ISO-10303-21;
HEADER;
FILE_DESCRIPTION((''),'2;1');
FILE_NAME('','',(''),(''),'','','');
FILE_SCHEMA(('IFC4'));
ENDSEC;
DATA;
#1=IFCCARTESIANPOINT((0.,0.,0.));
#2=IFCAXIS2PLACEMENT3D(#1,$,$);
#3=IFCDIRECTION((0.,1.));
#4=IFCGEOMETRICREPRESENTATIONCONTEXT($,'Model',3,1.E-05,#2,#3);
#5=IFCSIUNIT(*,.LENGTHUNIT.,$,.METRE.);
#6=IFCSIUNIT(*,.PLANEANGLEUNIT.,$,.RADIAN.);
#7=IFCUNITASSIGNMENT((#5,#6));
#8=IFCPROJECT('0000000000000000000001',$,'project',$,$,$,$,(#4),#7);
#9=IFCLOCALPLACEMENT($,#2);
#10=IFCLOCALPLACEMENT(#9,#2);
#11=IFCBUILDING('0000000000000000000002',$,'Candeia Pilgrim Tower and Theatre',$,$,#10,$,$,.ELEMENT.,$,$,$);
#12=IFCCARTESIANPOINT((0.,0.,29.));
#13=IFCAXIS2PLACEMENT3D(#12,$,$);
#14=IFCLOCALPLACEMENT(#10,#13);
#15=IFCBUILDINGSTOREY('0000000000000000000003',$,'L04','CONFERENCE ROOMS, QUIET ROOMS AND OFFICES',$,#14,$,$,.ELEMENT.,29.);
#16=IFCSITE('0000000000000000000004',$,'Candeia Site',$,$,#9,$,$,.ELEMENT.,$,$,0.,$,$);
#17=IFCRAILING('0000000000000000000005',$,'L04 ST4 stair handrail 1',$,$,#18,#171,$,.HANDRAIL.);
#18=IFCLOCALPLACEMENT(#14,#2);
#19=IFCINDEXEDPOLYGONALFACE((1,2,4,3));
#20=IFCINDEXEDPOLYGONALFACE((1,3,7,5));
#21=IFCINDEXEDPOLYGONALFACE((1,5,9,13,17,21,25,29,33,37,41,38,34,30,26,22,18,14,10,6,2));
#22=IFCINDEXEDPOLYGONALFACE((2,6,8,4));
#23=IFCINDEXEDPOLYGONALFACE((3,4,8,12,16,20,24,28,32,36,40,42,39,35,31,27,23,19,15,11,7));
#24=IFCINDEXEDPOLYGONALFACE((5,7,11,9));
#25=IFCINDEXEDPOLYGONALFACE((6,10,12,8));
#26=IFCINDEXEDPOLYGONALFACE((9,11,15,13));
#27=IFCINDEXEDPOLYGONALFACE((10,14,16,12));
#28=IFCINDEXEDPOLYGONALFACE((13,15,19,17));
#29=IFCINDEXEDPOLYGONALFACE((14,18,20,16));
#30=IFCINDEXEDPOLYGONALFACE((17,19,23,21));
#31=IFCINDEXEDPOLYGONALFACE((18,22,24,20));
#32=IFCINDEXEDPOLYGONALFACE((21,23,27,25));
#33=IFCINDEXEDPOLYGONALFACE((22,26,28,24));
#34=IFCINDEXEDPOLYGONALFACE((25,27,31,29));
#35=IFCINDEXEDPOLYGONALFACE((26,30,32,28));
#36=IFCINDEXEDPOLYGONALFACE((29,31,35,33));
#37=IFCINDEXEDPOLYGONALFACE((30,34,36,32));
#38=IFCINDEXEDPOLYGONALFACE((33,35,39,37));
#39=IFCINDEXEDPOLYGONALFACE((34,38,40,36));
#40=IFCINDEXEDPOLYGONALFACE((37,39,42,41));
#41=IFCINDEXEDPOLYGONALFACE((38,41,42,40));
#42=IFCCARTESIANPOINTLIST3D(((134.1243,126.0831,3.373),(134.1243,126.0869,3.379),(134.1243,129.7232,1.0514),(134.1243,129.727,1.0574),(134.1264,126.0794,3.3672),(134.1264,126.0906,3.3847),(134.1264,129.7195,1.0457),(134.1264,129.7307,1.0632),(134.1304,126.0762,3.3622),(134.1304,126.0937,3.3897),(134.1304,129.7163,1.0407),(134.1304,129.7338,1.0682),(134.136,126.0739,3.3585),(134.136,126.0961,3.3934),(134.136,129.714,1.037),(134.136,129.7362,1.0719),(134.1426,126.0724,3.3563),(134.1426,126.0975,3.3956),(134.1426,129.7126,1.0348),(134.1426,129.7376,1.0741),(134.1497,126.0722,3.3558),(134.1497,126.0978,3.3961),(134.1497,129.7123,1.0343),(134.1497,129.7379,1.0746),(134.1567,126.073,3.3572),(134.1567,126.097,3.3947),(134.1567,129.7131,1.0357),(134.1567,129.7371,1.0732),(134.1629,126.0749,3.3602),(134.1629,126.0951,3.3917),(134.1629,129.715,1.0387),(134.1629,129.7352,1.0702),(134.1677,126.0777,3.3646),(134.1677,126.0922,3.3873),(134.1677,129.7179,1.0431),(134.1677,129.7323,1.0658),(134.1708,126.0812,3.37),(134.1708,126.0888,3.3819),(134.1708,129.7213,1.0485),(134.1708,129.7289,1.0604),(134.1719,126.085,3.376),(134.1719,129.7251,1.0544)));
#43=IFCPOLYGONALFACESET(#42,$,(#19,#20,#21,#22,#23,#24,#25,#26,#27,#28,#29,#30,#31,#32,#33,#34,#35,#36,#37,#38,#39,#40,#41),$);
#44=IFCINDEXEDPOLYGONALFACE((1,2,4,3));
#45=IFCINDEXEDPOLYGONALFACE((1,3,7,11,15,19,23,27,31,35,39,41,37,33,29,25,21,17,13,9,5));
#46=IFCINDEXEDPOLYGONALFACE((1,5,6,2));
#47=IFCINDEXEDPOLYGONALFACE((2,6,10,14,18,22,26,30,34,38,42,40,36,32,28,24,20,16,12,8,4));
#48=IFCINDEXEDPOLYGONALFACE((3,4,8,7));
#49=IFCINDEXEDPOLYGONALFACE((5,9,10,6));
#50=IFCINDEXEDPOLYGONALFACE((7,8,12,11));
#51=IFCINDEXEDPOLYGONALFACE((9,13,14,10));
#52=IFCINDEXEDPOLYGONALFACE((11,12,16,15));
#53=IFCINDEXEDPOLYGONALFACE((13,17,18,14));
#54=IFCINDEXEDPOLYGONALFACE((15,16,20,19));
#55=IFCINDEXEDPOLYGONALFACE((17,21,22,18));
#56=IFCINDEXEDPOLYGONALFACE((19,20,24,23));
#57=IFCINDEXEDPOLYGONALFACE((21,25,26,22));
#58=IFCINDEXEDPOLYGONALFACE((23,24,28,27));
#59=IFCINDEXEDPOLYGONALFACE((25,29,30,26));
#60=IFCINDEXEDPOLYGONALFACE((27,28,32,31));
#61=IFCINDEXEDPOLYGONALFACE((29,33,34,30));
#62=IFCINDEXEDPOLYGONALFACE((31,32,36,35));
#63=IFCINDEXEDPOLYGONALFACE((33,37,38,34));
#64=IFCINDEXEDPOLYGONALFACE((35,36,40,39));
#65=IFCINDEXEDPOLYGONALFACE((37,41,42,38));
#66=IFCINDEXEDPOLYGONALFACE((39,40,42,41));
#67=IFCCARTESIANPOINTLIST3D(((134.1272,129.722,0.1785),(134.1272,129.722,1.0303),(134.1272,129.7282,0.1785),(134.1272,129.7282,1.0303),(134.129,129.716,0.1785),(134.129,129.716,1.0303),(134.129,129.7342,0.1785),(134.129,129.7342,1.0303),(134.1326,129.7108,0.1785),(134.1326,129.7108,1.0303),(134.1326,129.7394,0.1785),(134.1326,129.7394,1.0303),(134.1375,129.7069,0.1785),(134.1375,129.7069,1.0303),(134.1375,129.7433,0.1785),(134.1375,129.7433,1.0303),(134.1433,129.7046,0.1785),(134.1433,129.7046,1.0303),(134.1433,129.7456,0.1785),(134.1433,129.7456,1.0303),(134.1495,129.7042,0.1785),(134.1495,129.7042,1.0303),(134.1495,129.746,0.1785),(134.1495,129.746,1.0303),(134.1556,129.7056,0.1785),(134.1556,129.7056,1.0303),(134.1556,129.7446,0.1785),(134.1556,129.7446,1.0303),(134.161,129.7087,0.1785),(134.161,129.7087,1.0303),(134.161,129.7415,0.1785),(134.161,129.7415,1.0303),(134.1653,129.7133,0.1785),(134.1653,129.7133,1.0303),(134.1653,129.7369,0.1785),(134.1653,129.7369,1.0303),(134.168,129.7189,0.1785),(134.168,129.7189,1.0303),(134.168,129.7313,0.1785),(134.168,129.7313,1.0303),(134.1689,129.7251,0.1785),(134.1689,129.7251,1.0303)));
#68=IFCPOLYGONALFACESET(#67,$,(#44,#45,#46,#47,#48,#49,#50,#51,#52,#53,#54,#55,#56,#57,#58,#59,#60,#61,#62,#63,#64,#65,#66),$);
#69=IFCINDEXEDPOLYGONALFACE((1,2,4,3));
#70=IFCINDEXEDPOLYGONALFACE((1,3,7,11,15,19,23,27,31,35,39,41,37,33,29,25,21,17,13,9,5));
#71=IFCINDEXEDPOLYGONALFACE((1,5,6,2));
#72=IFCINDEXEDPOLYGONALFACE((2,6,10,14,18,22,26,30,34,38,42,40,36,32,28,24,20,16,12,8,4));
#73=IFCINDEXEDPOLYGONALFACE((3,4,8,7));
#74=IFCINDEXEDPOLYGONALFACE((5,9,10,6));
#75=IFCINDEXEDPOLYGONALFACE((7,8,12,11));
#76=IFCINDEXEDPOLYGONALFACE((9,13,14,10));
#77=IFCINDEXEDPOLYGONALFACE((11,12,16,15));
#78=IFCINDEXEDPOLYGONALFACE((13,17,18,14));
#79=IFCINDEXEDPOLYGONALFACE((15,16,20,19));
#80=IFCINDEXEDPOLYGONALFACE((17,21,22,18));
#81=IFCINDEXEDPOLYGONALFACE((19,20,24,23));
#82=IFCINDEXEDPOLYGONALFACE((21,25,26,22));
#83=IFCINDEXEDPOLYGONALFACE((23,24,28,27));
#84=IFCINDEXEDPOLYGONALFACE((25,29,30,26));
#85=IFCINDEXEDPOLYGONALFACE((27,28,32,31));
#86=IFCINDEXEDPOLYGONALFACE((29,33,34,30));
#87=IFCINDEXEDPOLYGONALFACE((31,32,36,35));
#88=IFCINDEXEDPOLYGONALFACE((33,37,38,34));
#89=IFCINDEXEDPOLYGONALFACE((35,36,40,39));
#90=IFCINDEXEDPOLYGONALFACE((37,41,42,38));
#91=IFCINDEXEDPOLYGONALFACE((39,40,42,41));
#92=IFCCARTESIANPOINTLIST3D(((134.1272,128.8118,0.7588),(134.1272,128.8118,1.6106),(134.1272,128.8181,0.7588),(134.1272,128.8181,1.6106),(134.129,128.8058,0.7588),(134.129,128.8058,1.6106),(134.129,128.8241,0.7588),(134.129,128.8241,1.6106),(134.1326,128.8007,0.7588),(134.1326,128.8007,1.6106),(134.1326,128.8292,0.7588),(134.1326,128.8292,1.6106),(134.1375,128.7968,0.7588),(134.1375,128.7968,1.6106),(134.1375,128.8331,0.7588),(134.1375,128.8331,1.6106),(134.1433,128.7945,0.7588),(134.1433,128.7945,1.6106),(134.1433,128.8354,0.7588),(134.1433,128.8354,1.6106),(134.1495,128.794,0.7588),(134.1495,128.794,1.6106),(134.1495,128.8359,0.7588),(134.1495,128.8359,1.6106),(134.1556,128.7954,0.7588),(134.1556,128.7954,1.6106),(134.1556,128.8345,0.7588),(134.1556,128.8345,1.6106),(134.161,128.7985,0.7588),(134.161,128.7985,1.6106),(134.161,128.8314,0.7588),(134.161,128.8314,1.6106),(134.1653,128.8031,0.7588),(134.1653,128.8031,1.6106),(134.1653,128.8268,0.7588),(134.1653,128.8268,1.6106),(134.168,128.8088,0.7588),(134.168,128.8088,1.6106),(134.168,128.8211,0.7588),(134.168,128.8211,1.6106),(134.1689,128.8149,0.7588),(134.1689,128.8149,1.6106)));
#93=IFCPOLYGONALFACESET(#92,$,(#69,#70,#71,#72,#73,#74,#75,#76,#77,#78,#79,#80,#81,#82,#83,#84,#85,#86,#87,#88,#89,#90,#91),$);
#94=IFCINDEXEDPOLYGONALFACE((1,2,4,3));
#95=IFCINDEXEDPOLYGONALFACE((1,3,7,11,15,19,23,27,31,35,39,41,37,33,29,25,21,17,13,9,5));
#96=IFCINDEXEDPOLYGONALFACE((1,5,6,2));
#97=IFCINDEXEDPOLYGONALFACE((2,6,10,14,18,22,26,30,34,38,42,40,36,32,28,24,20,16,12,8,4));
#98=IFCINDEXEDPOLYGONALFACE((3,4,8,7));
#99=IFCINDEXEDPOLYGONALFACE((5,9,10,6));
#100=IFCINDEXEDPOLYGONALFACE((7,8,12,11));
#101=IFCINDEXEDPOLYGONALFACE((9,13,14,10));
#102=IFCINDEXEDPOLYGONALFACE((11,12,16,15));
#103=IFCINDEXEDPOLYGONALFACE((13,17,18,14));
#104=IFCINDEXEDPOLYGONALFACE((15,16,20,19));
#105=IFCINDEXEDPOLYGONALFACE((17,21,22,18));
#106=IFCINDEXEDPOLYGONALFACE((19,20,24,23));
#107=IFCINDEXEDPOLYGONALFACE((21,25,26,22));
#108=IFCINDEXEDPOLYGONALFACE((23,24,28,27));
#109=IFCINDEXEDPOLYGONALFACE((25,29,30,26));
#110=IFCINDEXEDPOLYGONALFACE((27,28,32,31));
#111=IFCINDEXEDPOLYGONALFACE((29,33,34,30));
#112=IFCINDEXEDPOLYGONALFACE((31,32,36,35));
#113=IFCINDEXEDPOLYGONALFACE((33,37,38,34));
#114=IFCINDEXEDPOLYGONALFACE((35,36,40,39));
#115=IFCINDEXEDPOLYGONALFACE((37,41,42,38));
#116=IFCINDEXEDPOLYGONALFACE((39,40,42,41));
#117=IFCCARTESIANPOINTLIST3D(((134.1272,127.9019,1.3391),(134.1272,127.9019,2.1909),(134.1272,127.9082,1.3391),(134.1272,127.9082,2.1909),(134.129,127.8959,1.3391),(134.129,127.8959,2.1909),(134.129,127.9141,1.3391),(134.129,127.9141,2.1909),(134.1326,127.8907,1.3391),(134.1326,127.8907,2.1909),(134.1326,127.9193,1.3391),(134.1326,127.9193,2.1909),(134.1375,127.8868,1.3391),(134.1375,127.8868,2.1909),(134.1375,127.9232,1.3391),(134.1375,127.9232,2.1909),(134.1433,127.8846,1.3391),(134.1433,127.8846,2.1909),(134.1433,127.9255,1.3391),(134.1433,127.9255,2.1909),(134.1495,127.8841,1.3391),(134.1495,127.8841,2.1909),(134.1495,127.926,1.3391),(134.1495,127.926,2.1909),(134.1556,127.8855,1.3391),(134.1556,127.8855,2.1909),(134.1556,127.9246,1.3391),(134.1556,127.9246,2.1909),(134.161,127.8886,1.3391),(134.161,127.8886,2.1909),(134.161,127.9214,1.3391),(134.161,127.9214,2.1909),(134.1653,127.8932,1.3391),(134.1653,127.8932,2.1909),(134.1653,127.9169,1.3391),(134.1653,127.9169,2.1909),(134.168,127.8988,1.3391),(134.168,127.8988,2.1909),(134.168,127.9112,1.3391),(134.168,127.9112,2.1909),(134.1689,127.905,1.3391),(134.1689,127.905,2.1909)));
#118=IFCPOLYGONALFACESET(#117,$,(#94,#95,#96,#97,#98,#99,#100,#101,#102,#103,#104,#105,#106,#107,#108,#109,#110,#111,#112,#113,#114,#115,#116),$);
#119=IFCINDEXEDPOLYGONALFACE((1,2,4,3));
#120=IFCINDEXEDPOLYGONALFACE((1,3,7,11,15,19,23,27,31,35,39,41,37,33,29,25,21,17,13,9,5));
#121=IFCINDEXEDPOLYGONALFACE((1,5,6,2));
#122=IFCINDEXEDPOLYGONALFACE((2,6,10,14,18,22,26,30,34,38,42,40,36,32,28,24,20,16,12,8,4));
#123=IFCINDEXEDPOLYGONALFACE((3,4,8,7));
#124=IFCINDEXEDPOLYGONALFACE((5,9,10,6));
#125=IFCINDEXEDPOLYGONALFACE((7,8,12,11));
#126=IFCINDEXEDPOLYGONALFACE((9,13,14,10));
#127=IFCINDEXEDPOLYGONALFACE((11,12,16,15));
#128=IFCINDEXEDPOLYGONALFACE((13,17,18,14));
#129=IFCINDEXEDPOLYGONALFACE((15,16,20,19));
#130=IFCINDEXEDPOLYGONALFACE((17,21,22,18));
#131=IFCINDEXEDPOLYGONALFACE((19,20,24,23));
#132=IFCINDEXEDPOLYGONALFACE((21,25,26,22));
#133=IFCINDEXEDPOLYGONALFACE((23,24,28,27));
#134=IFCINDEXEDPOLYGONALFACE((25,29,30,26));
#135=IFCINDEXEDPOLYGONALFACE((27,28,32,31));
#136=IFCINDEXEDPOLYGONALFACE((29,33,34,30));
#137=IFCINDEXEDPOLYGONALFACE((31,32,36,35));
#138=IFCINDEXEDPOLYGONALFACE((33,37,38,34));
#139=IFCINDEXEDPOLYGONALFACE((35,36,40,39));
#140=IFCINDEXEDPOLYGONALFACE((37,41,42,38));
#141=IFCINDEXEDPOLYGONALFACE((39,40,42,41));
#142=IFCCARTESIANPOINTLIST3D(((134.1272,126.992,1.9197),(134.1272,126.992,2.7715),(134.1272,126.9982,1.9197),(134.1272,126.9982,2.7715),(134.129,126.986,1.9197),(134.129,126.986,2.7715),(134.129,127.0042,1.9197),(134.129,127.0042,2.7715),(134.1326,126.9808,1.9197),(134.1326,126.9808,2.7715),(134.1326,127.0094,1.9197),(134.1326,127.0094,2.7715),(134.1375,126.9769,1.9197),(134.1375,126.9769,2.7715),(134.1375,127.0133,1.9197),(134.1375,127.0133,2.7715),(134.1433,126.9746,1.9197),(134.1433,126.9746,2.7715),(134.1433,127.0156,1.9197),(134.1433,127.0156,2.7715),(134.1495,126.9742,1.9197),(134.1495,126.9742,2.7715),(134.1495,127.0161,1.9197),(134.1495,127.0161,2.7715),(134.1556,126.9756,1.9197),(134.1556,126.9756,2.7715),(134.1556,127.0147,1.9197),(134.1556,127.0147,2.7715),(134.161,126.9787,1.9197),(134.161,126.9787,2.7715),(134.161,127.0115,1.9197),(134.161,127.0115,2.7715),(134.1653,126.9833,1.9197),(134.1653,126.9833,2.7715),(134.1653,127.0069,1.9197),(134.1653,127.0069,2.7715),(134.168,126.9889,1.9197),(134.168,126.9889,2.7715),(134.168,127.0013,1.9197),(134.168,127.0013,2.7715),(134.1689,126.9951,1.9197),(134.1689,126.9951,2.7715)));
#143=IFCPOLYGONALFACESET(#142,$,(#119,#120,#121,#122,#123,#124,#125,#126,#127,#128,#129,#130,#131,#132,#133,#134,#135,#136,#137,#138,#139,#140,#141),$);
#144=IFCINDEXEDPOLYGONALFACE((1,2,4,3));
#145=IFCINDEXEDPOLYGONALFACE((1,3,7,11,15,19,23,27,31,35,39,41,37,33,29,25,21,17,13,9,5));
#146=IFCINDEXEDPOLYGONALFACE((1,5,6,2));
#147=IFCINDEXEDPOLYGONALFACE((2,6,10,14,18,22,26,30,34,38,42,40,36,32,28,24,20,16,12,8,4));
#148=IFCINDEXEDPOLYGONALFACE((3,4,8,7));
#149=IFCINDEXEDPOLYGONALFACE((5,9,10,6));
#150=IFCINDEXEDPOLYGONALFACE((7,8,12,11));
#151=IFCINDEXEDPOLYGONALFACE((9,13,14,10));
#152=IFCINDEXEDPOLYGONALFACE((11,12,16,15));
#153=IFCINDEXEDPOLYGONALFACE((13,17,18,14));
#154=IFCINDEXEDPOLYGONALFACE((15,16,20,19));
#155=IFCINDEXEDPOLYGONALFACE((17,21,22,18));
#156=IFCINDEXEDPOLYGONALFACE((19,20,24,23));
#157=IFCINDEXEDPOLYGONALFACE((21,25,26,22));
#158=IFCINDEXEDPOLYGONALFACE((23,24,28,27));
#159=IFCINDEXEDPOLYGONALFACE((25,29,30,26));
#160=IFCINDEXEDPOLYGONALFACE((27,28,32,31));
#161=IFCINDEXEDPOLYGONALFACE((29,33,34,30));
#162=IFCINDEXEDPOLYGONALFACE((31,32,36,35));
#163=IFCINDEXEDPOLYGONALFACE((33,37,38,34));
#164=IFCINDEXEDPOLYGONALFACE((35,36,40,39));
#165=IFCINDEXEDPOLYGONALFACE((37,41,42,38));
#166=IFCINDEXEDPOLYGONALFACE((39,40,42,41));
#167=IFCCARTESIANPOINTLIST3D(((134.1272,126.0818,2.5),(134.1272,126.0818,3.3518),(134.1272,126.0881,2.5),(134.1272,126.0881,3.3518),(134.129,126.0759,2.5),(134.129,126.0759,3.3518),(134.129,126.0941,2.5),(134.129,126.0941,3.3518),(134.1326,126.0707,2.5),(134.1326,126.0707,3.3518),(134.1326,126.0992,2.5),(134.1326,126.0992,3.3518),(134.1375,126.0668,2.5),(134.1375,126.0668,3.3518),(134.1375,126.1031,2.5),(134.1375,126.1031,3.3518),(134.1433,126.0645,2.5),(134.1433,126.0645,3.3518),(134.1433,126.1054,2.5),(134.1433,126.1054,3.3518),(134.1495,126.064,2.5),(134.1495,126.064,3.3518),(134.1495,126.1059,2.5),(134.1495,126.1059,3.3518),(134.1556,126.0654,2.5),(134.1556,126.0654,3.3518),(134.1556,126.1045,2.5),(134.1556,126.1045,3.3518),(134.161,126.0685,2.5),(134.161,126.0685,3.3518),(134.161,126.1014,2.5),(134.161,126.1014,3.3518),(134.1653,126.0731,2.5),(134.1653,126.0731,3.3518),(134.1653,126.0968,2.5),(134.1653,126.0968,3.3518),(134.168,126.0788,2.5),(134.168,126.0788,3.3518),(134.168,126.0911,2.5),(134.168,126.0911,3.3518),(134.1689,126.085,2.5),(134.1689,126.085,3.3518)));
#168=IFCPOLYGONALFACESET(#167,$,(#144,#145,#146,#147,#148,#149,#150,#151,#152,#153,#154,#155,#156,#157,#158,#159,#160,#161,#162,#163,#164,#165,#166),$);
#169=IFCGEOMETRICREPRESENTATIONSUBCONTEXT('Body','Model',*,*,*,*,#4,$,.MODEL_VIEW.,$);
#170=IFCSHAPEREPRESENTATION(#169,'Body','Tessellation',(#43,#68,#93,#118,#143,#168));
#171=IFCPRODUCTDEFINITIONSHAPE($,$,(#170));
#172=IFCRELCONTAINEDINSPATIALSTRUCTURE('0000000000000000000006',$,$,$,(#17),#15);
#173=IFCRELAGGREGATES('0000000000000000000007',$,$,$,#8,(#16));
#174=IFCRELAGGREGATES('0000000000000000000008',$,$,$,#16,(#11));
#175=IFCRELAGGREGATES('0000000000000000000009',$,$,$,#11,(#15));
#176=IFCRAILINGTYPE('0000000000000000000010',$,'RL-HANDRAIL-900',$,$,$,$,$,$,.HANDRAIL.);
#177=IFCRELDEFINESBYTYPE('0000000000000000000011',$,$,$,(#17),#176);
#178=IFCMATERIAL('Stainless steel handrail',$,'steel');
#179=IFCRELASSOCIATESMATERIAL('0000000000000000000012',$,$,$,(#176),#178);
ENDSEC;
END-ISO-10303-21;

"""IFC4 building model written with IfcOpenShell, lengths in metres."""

from ifc_helpers import new_model, si_unit, direction, frame, origin, origin_2d, place, context, subcontext, project, spatial, circle, extrude, material, type_object, element, save


model = new_model("IFC4")

# Units and contexts
model_context = context("Model", 3, precision=1e-05, world=origin(), true_north=direction((0.0, 1.0)))
body_context = subcontext(model_context, "Body", "Model", "MODEL_VIEW")
ifc_project = project(units=[si_unit("LENGTHUNIT", "METRE"), si_unit("PLANEANGLEUNIT", "RADIAN")], contexts=[model_context])

# Site, building, storey
site_placement = place(None, origin())
site = spatial("IfcSite", under=ifc_project, at=site_placement, Name="Candeia Site", CompositionType="ELEMENT", RefElevation=0.0)
building_placement = place(site_placement, origin())
building = spatial("IfcBuilding", under=site, at=building_placement, Name="Candeia Pilgrim Tower and Theatre", CompositionType="ELEMENT")
storey_placement = place(building_placement, frame((0.0, 0.0, 29.0)))
storey = spatial("IfcBuildingStorey", under=building, at=storey_placement, Name="L04", Description="CONFERENCE ROOMS, QUIET ROOMS AND OFFICES", CompositionType="ELEMENT", Elevation=29.0)

# Railing
ifc_material_1 = material(Name="Stainless steel handrail", Category="steel")
railing_type_1 = type_object("IfcRailingType", Name="RL-HANDRAIL-900", PredefinedType="HANDRAIL", material=ifc_material_1)
railing_1_placement = place(storey_placement, frame((134.1479, 129.7251, 0.1785)))
element("IfcRailing", 1, at=railing_1_placement, inside=storey, type_object=railing_type_1, Name="L04 ST4 stair handrail 1", PredefinedType="HANDRAIL", context=body_context, shape_type="SweptSolid", body=[
    extrude(circle(Radius=0.0239, at=origin_2d()), frame((0.0, 0.0, 0.876), z_axis=(0.0, -0.843128, 0.537713), x_axis=(1.0, 0.0, 0.0)), (0.0, 0.0, 1.0), 4.3174),
    extrude(circle(Radius=0.021, at=origin_2d()), origin(), (0.0, 0.0, 1.0), 0.8518),
    extrude(circle(Radius=0.021, at=origin_2d()), frame((0.0, -0.9102, 0.5803)), (0.0, 0.0, 1.0), 0.8518),
    extrude(circle(Radius=0.021, at=origin_2d()), frame((0.0, -1.8201, 1.1606)), (0.0, 0.0, 1.0), 0.8518),
    extrude(circle(Radius=0.021, at=origin_2d()), frame((0.0, -2.73, 1.7412)), (0.0, 0.0, 1.0), 0.8518),
    extrude(circle(Radius=0.021, at=origin_2d()), frame((0.0, -3.6401, 2.3215)), (0.0, 0.0, 1.0), 0.8518),
])

save(model, "model.ifc")
